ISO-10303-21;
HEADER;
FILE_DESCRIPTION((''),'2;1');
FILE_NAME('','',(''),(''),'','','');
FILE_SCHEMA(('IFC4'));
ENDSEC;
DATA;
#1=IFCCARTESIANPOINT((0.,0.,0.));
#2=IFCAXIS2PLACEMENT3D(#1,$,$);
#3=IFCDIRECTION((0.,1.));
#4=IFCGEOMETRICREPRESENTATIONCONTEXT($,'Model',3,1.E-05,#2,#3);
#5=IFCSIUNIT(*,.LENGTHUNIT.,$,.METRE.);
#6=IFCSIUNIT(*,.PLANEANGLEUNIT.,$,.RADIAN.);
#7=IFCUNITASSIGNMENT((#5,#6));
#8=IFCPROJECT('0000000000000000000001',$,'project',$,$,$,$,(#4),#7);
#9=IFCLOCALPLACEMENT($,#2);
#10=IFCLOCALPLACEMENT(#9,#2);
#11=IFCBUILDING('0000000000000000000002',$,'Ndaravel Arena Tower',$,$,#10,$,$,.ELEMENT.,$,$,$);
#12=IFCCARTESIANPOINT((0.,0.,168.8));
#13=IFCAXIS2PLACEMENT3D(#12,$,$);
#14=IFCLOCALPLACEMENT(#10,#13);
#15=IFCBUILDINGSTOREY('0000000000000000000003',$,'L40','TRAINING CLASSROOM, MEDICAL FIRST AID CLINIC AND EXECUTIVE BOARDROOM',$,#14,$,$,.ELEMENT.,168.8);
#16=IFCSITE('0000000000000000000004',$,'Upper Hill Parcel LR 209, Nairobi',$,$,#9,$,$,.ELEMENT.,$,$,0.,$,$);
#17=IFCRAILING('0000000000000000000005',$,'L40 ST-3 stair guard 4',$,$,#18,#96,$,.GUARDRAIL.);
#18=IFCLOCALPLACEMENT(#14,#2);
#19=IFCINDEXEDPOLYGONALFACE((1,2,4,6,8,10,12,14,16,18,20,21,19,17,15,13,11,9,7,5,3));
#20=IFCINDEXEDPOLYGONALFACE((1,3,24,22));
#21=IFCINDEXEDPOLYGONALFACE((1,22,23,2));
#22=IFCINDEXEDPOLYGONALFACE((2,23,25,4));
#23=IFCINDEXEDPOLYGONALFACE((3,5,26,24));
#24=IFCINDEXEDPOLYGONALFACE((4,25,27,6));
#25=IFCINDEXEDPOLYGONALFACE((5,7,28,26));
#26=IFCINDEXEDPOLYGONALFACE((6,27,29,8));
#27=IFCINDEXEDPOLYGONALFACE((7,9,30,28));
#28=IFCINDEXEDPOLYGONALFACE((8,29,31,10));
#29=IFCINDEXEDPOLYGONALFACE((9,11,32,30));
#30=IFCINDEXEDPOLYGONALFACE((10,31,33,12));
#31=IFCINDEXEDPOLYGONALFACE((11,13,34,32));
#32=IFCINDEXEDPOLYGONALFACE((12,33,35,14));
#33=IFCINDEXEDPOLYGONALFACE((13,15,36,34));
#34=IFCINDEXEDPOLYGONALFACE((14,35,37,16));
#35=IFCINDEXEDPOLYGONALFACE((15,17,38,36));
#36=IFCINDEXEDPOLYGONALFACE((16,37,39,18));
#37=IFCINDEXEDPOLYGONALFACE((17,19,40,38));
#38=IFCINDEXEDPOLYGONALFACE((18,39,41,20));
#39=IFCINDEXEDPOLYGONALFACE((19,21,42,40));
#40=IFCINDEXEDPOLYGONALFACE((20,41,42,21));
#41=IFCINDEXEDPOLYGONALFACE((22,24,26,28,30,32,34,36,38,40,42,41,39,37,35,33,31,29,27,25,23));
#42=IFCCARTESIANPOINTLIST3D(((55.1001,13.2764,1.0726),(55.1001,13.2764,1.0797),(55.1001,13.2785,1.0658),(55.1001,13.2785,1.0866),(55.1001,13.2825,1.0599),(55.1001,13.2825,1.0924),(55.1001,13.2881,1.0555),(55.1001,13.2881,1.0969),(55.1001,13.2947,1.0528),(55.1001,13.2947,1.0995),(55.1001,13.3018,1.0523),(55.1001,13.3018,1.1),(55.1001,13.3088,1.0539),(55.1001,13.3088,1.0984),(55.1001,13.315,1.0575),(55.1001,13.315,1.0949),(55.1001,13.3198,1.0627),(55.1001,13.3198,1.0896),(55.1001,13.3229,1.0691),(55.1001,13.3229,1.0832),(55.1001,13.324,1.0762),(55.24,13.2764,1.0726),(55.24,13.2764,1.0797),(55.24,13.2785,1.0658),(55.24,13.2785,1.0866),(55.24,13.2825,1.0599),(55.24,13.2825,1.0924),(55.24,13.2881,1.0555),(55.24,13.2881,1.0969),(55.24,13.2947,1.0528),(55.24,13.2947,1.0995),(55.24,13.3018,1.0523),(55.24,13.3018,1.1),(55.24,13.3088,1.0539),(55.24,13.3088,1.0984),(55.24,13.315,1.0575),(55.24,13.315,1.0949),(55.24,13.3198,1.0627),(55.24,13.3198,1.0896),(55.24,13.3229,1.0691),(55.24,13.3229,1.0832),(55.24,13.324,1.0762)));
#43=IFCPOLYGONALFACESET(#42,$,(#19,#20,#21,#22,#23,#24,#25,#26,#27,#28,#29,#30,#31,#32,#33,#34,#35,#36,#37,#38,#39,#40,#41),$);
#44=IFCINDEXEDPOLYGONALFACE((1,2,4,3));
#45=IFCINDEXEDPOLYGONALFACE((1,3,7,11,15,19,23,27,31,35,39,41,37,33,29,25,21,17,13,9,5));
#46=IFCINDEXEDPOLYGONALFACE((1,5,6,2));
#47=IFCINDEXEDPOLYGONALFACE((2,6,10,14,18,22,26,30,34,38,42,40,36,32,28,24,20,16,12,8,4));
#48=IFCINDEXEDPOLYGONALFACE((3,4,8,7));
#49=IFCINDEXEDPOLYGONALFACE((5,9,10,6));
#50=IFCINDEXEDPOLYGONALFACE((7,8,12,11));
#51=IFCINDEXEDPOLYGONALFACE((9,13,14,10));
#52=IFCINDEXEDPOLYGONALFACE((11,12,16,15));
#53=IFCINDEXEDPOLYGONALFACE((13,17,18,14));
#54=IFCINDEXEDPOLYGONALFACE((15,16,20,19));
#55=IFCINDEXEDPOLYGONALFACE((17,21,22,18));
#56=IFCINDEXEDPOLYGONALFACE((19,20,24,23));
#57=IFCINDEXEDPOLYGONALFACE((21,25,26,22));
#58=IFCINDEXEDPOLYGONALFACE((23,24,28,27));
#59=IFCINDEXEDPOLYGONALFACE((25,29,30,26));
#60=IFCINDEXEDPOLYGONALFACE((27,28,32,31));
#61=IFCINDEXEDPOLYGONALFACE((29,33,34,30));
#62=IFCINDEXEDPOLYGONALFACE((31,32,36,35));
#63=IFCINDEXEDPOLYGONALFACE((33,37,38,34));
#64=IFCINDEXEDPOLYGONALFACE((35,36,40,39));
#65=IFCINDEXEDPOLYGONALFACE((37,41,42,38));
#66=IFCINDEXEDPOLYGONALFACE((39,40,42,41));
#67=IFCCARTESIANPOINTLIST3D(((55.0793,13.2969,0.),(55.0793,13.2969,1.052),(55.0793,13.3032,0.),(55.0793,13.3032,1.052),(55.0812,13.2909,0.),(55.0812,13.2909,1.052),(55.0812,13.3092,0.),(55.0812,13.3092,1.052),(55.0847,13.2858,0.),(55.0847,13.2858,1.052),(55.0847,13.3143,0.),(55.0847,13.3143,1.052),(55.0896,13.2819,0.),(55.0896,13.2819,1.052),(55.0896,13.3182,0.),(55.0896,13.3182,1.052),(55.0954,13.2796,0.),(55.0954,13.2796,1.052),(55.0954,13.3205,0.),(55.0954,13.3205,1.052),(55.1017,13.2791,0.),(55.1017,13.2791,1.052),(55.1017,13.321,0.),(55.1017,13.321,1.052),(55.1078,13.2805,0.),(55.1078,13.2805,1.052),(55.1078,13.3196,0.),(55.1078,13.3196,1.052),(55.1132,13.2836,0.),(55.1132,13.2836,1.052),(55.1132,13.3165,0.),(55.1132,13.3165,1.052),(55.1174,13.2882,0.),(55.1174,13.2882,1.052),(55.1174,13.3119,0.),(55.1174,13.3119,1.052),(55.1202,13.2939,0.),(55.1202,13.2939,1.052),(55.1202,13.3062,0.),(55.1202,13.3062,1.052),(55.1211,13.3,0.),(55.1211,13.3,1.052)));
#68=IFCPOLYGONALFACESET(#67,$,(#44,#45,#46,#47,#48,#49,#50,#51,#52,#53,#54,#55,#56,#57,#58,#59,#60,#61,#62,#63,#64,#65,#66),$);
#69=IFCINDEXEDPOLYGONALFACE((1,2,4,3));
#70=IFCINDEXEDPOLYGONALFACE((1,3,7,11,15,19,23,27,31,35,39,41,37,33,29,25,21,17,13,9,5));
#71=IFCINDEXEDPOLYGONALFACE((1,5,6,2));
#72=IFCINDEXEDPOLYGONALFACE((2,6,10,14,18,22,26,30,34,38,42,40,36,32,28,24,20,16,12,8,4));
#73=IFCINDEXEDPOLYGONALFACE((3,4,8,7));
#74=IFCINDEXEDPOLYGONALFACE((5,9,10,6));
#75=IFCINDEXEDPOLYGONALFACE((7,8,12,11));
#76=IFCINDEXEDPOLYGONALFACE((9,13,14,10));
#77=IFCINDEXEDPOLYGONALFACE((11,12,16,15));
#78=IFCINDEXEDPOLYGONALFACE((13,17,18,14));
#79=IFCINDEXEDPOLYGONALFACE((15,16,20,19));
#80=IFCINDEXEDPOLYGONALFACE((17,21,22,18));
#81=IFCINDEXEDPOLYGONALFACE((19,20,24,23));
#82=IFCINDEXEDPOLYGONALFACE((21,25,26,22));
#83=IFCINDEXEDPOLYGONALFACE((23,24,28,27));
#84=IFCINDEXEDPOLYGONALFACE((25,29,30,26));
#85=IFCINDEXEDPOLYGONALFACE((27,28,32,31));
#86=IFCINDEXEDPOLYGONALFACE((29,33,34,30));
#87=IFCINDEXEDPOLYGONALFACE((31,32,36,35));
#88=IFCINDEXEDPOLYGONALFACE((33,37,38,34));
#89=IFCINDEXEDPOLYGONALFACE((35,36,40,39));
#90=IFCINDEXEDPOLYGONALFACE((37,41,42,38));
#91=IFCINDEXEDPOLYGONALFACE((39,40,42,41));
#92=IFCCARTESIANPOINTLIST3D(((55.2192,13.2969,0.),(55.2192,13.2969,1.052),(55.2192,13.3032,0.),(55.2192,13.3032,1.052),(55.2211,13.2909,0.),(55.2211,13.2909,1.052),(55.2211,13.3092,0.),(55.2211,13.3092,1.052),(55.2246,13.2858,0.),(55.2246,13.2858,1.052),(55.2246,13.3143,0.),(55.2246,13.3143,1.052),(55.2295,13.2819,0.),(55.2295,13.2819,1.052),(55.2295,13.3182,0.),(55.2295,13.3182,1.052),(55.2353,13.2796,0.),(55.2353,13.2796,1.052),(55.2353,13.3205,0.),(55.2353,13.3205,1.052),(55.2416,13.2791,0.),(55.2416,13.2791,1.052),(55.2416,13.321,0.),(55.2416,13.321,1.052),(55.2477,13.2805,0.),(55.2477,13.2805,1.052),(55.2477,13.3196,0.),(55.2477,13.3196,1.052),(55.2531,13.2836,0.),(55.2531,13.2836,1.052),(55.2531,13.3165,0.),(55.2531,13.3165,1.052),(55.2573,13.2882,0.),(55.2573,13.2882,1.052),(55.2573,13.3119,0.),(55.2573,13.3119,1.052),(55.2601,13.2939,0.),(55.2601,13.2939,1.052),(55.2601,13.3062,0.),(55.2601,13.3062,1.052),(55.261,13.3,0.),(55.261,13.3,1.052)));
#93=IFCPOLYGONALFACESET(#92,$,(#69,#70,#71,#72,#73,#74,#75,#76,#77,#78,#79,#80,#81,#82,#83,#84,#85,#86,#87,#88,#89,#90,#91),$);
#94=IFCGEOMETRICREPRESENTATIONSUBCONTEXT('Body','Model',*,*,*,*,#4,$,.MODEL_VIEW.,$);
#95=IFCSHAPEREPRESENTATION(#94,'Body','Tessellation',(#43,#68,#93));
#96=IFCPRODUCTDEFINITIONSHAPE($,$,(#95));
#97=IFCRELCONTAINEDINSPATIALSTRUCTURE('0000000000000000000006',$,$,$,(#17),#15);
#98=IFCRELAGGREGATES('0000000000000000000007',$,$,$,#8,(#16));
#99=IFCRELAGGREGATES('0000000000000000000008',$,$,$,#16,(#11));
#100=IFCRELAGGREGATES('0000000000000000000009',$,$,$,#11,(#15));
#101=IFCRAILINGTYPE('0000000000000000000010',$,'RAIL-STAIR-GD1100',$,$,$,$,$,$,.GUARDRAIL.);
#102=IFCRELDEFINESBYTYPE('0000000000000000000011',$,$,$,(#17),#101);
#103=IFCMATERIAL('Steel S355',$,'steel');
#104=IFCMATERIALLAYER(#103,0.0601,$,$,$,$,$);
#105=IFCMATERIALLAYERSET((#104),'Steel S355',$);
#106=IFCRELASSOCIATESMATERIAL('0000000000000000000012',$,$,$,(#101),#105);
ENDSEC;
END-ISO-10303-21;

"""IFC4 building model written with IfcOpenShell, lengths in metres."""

from ifc_helpers import new_model, si_unit, direction, frame, origin, origin_2d, place, context, subcontext, project, spatial, circle, extrude, material, layer, layer_set, type_object, element, save


model = new_model("IFC4")

# Units and contexts
model_context = context("Model", 3, precision=1e-05, world=origin(), true_north=direction((0.0, 1.0)))
body_context = subcontext(model_context, "Body", "Model", "MODEL_VIEW")
ifc_project = project(units=[si_unit("LENGTHUNIT", "METRE"), si_unit("PLANEANGLEUNIT", "RADIAN")], contexts=[model_context])

# Site, building, storey
site_placement = place(None, origin())
site = spatial("IfcSite", under=ifc_project, at=site_placement, Name="Upper Hill Parcel LR 209, Nairobi", CompositionType="ELEMENT", RefElevation=0.0)
building_placement = place(site_placement, origin())
building = spatial("IfcBuilding", under=site, at=building_placement, Name="Ndaravel Arena Tower", CompositionType="ELEMENT")
storey_placement = place(building_placement, frame((0.0, 0.0, 168.8)))
storey = spatial("IfcBuildingStorey", under=building, at=storey_placement, Name="L40", Description="TRAINING CLASSROOM, MEDICAL FIRST AID CLINIC AND EXECUTIVE BOARDROOM", CompositionType="ELEMENT", Elevation=168.8)

# Railing
ifc_material_1 = material(Name="Steel S355", Category="steel")
ifc_layer_1 = layer(ifc_material_1, 0.0601)
ifc_layer_set_1 = layer_set([ifc_layer_1], Name="Steel S355")
railing_type_1 = type_object("IfcRailingType", Name="RAIL-STAIR-GD1100", PredefinedType="GUARDRAIL", material=ifc_layer_set_1)
railing_1_placement = place(storey_placement, frame((55.1001, 13.3, 0.0)))
element("IfcRailing", 1, at=railing_1_placement, inside=storey, type_object=railing_type_1, Name="L40 ST-3 stair guard 4", PredefinedType="GUARDRAIL", context=body_context, shape_type="SweptSolid", body=[
    extrude(circle(Radius=0.0239, at=origin_2d()), frame((0.0, 0.0, 1.0762), z_axis=(1.0, 0.0, 0.0), x_axis=(0.0, 1.0, 0.0)), (0.0, 0.0, 1.0), 0.1399),
    extrude(circle(Radius=0.021, at=origin_2d()), origin(), (0.0, 0.0, 1.0), 1.052),
    extrude(circle(Radius=0.021, at=origin_2d()), frame((0.1399, 0.0, 0.0)), (0.0, 0.0, 1.0), 1.052),
])

save(model, "model.ifc")
